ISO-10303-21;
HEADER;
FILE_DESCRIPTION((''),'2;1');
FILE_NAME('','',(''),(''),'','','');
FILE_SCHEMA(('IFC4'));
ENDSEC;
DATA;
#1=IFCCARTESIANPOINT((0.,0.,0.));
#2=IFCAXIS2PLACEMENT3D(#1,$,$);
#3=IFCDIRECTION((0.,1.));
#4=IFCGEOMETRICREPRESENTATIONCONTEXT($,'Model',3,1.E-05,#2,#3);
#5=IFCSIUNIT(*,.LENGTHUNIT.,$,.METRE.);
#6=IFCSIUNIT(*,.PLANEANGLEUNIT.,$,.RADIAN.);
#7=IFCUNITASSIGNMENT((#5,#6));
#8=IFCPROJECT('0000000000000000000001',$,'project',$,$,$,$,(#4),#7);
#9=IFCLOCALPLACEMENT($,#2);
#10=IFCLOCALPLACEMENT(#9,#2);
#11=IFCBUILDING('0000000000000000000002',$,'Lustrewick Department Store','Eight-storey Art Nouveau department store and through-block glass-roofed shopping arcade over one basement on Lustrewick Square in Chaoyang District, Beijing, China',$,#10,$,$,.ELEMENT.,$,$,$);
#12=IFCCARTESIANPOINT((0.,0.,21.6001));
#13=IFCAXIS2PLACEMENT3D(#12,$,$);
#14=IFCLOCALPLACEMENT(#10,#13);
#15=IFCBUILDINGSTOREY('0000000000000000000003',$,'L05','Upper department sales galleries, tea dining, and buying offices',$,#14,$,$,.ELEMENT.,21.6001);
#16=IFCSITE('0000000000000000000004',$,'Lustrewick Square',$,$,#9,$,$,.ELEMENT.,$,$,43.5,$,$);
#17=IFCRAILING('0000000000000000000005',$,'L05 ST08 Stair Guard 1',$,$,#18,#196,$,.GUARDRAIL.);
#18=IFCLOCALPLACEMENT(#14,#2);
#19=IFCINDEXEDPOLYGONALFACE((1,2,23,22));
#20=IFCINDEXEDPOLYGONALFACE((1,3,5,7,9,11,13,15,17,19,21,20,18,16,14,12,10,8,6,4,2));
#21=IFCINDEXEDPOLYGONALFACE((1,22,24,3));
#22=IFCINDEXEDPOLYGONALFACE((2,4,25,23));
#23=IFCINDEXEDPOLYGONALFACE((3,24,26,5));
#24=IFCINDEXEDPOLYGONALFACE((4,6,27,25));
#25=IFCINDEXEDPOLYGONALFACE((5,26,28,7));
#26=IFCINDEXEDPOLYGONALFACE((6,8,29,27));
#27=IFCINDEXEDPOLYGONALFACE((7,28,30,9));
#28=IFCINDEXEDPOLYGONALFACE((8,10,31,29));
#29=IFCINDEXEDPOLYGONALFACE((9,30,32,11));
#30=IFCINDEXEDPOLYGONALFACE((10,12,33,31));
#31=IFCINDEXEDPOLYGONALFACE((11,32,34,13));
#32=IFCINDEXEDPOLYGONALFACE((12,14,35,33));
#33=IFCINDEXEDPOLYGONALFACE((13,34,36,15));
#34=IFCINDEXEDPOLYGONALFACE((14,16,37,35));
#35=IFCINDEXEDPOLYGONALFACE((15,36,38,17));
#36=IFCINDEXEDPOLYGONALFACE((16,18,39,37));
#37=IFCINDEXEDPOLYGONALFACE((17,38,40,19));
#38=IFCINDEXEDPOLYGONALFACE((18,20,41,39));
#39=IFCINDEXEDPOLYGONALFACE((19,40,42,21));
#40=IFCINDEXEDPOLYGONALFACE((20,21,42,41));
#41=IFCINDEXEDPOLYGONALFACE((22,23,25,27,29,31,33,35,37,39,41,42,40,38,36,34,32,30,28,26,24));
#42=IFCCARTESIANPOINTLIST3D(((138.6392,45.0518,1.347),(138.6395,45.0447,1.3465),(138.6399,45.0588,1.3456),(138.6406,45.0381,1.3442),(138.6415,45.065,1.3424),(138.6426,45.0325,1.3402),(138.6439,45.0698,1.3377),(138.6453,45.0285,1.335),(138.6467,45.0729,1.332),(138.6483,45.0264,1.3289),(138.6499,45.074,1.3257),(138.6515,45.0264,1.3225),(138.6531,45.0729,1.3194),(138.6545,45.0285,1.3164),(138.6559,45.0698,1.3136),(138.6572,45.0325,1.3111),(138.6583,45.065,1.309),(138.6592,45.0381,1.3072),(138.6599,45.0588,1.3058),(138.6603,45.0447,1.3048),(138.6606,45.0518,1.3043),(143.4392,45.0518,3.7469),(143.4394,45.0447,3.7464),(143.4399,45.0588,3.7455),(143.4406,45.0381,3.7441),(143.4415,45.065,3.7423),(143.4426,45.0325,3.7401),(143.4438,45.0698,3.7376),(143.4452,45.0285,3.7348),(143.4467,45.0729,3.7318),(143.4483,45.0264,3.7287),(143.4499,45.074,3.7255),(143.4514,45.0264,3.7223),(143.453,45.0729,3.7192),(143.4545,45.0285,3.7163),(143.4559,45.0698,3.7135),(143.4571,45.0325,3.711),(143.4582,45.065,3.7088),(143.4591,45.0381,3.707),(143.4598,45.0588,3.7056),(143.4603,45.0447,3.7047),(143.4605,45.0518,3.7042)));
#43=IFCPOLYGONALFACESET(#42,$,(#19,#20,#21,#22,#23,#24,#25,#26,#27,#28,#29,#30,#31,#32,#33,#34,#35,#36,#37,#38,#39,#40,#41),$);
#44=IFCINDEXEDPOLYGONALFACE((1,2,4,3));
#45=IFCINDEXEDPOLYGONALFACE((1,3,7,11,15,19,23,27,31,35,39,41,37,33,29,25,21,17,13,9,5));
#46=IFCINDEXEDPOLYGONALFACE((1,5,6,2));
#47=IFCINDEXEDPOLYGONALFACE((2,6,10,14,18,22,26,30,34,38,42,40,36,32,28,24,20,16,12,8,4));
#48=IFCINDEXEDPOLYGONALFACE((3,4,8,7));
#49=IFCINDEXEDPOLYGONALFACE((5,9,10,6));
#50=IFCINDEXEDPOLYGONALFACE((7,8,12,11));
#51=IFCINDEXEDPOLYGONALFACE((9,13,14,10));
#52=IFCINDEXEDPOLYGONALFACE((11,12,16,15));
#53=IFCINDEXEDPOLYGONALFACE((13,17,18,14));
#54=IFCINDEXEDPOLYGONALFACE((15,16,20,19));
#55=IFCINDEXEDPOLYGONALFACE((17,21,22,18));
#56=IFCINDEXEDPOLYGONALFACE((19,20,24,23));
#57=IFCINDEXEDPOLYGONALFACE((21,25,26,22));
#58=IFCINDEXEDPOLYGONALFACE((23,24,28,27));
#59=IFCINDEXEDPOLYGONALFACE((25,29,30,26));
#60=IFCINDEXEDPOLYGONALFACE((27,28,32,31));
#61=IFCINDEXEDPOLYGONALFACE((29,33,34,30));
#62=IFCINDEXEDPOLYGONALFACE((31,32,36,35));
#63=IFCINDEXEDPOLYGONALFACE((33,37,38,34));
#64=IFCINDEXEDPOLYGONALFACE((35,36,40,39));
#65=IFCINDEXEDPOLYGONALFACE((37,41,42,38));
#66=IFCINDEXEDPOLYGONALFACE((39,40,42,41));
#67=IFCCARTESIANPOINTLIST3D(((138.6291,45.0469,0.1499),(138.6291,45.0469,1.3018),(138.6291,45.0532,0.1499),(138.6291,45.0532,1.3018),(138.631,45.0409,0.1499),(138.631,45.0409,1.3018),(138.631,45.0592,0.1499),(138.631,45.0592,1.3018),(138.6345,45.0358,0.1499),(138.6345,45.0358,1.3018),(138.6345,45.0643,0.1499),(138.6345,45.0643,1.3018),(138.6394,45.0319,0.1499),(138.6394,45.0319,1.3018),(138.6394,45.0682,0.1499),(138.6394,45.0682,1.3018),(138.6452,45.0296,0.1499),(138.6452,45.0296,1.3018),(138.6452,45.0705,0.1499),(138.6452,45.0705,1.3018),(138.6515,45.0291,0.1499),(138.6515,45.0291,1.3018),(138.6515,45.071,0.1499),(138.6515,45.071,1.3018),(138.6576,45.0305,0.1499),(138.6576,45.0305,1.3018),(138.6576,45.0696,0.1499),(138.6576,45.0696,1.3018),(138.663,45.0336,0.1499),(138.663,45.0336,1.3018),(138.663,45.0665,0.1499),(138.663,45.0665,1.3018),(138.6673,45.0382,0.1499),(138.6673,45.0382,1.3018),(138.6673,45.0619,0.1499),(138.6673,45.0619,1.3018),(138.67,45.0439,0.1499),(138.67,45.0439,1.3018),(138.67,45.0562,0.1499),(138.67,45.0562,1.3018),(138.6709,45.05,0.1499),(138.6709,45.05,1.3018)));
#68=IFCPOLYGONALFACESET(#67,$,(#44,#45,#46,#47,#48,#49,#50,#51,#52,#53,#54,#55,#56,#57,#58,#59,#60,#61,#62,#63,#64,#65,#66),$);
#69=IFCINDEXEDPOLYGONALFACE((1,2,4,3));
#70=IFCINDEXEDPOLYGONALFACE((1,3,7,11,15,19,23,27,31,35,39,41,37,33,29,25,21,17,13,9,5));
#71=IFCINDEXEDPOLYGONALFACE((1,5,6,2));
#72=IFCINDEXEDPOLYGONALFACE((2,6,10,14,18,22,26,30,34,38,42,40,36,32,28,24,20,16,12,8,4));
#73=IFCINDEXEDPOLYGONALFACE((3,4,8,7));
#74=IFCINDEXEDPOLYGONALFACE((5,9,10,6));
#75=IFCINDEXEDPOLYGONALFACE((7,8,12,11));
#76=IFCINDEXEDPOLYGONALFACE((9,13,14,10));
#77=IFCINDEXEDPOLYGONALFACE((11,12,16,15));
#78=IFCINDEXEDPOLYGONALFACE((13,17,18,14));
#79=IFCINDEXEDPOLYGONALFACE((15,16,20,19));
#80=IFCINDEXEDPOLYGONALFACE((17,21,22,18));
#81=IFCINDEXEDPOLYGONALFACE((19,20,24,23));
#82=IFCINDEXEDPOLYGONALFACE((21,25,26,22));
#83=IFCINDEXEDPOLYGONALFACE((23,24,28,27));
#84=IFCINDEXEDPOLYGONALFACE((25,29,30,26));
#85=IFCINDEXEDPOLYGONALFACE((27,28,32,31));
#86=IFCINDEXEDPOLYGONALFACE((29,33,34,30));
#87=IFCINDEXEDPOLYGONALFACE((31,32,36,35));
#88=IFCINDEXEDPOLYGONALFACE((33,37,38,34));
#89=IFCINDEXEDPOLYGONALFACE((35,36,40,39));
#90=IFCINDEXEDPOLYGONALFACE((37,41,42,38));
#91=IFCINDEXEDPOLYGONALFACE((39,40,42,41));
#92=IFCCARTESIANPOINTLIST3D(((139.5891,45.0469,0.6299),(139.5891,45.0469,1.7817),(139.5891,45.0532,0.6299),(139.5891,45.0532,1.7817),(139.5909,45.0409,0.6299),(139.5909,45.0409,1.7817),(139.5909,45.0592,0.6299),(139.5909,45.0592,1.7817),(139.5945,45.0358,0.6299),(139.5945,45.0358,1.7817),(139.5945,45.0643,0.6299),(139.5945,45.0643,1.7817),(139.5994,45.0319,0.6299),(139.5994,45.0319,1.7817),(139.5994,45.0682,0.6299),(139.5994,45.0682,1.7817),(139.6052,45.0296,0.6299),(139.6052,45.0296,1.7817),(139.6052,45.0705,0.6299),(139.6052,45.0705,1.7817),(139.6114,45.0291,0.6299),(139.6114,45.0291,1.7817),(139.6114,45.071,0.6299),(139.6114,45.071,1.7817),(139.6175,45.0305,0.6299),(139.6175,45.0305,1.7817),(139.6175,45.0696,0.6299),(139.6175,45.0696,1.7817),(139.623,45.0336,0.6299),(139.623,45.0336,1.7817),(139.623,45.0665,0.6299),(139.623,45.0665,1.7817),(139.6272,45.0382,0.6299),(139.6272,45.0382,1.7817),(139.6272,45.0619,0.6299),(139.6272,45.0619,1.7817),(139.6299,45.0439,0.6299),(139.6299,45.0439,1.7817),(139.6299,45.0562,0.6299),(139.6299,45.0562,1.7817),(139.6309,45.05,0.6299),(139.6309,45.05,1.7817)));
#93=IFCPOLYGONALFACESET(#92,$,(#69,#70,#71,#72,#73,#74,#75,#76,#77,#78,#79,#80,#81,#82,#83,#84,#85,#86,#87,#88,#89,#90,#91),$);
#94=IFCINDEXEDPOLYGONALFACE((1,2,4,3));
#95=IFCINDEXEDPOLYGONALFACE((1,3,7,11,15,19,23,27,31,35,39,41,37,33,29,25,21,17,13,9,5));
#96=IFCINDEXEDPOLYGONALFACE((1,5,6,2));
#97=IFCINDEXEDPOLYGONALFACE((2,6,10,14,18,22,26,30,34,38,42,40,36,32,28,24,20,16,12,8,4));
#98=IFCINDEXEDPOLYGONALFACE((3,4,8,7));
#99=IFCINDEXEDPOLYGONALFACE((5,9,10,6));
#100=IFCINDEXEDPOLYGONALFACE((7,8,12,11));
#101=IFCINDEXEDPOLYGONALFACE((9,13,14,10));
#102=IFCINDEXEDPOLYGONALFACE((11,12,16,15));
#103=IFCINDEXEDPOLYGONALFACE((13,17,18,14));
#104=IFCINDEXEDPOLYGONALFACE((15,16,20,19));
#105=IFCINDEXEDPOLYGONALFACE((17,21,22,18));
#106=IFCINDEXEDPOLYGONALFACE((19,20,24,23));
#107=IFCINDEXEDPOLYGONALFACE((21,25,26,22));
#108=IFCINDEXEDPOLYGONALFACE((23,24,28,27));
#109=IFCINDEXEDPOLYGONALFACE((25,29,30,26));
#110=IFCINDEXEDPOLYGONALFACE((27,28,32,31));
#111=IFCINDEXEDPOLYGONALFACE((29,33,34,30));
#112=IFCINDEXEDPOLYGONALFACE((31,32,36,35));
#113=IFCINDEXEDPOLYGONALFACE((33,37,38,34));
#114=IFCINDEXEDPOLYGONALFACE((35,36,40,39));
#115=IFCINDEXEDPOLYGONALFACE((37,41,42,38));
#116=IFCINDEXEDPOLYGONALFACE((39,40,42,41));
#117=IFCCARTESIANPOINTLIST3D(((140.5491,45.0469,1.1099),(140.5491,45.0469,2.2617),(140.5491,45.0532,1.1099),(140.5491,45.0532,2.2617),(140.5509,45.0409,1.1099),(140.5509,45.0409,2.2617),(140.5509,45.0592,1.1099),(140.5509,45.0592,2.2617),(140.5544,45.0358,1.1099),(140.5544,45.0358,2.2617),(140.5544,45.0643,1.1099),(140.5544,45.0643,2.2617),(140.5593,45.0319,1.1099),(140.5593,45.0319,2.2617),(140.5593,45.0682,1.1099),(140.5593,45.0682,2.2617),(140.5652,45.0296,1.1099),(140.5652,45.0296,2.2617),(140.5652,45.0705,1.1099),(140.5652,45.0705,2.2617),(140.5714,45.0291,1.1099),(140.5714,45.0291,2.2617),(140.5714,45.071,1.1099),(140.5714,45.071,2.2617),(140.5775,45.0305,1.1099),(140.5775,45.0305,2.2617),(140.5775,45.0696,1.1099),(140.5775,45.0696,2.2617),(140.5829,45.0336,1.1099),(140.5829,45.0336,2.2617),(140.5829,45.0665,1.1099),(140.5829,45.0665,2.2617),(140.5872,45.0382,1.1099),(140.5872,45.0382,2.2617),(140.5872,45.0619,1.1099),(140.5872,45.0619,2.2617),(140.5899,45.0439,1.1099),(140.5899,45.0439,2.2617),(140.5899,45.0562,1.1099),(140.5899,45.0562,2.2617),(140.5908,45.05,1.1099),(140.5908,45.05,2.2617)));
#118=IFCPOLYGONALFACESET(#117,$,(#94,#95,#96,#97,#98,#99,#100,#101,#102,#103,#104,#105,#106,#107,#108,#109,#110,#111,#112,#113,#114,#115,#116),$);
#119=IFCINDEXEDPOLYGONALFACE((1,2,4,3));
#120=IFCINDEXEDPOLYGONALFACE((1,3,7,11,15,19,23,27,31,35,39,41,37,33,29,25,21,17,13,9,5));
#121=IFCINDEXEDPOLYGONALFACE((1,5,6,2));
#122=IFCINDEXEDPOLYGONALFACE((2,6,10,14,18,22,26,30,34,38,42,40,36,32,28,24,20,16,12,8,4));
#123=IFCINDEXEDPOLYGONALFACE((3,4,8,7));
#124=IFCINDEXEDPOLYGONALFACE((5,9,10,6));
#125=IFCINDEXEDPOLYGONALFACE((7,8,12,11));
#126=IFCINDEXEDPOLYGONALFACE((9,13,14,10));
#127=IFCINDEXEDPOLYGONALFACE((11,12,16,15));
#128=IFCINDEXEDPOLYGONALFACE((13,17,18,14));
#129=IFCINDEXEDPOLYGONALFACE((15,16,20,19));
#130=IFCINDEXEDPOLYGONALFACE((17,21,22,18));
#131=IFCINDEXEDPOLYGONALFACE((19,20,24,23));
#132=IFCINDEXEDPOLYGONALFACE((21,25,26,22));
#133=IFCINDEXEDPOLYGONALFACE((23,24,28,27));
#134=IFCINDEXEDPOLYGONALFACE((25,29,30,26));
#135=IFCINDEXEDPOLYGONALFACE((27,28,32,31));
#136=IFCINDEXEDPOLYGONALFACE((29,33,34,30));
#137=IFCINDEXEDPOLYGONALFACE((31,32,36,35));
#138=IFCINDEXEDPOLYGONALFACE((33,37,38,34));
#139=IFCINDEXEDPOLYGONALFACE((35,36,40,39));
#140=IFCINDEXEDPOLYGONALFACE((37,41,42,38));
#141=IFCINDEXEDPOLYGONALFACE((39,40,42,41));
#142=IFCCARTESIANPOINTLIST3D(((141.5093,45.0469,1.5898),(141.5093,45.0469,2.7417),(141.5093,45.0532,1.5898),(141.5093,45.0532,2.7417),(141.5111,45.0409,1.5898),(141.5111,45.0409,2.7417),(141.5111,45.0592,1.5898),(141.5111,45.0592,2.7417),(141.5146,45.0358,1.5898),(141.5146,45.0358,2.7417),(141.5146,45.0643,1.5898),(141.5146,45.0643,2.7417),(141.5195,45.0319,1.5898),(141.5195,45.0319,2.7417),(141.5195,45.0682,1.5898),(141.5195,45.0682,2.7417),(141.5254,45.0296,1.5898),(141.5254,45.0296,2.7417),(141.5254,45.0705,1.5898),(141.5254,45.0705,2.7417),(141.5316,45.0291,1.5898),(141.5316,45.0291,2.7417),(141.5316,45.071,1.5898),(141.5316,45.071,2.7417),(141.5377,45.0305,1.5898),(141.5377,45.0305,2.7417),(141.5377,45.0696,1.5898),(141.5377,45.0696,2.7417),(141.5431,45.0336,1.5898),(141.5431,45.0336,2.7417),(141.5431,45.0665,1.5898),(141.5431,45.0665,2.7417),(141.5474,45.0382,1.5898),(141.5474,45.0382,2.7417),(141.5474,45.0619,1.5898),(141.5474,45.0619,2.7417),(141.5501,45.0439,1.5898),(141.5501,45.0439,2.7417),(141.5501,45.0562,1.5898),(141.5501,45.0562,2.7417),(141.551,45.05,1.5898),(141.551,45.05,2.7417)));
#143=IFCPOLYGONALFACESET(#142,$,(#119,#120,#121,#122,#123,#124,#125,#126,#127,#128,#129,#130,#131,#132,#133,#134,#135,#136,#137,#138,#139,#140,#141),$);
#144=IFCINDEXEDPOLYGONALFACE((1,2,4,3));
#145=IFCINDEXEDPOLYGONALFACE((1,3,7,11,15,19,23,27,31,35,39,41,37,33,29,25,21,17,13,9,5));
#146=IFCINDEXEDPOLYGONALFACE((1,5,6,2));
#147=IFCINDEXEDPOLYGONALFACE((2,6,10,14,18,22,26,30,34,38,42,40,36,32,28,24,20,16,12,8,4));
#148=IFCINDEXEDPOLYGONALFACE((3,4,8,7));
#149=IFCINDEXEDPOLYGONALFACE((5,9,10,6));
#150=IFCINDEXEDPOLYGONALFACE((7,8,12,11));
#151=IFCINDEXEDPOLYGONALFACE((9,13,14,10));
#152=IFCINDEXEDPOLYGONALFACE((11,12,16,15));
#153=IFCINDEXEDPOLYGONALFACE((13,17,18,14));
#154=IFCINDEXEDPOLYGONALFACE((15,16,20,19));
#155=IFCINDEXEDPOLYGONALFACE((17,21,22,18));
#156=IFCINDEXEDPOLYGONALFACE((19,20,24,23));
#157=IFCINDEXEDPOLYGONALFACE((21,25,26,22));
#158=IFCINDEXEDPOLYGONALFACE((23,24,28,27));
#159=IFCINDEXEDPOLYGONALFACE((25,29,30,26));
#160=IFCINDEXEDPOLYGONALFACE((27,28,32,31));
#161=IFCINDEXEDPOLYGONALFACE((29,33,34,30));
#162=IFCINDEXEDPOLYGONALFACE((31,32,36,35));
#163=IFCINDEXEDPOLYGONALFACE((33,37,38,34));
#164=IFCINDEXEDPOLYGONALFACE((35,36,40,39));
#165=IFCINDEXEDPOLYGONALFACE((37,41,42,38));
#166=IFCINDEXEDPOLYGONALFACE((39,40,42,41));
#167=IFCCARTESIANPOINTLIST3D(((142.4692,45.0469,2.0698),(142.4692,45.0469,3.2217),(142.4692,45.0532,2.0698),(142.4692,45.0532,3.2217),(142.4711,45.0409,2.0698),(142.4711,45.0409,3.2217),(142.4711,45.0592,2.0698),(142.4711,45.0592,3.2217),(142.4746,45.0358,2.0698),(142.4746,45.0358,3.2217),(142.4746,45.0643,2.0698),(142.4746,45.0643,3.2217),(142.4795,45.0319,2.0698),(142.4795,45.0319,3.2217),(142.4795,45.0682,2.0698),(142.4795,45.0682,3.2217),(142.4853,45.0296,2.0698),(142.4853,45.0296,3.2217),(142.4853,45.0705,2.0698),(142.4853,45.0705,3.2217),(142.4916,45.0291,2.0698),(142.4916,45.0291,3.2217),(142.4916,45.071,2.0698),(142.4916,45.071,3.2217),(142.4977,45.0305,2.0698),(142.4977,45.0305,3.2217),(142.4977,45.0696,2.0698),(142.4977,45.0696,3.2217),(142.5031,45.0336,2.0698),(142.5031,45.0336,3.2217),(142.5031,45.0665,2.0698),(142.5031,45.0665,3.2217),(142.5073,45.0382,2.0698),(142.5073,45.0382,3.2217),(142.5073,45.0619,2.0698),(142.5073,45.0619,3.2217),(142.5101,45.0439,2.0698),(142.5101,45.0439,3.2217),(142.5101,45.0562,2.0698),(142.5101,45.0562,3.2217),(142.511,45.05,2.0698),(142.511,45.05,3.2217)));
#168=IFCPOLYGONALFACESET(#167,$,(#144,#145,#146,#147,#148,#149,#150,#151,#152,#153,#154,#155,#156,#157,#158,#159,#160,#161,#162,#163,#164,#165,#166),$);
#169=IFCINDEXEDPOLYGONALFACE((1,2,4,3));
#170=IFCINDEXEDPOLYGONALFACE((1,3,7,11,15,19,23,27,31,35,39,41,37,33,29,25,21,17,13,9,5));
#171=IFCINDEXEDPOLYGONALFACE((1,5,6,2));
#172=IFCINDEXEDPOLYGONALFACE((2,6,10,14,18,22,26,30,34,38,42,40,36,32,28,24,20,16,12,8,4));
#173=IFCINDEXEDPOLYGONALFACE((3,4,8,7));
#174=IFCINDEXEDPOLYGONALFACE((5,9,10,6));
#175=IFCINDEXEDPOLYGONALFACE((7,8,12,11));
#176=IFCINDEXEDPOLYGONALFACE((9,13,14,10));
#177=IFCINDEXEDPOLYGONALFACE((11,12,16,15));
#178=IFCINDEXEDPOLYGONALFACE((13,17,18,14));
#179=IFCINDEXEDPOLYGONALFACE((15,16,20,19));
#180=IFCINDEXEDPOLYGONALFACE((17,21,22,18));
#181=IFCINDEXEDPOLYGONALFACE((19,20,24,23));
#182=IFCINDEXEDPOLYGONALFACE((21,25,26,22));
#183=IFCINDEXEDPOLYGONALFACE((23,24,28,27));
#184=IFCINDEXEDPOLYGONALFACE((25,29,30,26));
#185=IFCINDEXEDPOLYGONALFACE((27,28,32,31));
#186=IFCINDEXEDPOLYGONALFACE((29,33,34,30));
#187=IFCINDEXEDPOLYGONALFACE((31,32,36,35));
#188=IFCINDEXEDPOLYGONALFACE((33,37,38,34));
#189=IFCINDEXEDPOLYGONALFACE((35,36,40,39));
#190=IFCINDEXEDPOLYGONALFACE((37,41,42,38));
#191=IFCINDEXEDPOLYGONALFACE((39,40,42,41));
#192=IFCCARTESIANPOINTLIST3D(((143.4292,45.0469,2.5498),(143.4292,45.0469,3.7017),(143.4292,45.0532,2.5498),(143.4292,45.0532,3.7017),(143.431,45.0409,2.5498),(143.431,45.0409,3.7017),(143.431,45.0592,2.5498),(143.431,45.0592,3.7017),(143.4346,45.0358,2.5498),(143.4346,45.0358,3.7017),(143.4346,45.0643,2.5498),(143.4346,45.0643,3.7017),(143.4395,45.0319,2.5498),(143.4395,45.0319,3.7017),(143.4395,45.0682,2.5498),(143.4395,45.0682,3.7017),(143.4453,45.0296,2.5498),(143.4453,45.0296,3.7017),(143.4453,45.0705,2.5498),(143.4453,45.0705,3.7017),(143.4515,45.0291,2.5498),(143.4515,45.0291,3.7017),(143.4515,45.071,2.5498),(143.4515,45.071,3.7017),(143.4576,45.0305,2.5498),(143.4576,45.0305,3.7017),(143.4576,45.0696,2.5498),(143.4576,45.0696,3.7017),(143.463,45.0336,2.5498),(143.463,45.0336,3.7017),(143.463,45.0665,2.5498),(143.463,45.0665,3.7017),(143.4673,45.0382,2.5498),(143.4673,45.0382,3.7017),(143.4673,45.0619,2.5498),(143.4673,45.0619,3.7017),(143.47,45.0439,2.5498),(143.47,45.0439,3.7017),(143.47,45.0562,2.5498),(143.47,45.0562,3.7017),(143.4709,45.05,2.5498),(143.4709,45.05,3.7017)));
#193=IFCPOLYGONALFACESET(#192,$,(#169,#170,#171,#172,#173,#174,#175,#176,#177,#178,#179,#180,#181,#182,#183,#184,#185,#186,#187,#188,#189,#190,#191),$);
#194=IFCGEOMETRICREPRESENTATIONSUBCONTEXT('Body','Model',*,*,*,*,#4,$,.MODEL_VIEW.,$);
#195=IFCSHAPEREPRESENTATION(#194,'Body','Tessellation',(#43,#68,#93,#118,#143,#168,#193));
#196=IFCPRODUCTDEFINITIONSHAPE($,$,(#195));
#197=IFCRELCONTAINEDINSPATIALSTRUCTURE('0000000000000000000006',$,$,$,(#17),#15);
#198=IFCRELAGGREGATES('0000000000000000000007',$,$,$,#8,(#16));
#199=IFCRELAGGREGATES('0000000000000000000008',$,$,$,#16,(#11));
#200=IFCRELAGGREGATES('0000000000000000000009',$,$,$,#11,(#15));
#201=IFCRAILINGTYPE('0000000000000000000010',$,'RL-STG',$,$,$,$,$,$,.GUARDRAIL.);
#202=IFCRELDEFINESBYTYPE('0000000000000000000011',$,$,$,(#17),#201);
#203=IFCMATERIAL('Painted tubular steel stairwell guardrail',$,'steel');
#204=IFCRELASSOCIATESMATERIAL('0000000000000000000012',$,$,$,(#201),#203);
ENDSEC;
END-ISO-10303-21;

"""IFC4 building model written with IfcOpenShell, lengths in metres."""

from ifc_helpers import new_model, si_unit, direction, frame, origin, origin_2d, place, context, subcontext, project, spatial, circle, extrude, material, type_object, element, save


model = new_model("IFC4")

# Units and contexts
model_context = context("Model", 3, precision=1e-05, world=origin(), true_north=direction((0.0, 1.0)))
body_context = subcontext(model_context, "Body", "Model", "MODEL_VIEW")
ifc_project = project(units=[si_unit("LENGTHUNIT", "METRE"), si_unit("PLANEANGLEUNIT", "RADIAN")], contexts=[model_context])

# Site, building, storey
site_placement = place(None, origin())
site = spatial("IfcSite", under=ifc_project, at=site_placement, Name="Lustrewick Square", CompositionType="ELEMENT", RefElevation=43.5)
building_placement = place(site_placement, origin())
building = spatial("IfcBuilding", under=site, at=building_placement, Name="Lustrewick Department Store", Description="Eight-storey Art Nouveau department store and through-block glass-roofed shopping arcade over one basement on Lustrewick Square in Chaoyang District, Beijing, China", CompositionType="ELEMENT")
storey_placement = place(building_placement, frame((0.0, 0.0, 21.6001)))
storey = spatial("IfcBuildingStorey", under=building, at=storey_placement, Name="L05", Description="Upper department sales galleries, tea dining, and buying offices", CompositionType="ELEMENT", Elevation=21.6001)

# Railing
ifc_material_1 = material(Name="Painted tubular steel stairwell guardrail", Category="steel")
railing_type_1 = type_object("IfcRailingType", Name="RL-STG", PredefinedType="GUARDRAIL", material=ifc_material_1)
railing_1_placement = place(storey_placement, frame((138.6499, 45.05, 0.1499)))
element("IfcRailing", 1, at=railing_1_placement, inside=storey, type_object=railing_type_1, Name="L05 ST08 Stair Guard 1", PredefinedType="GUARDRAIL", context=body_context, shape_type="SweptSolid", body=[
    extrude(circle(Radius=0.0239, at=origin_2d()), frame((0.0, 0.0, 1.1758), z_axis=(0.894436, 0.0, 0.447195), x_axis=(0.0, 1.0, 0.0)), (0.0, 0.0, 1.0), 5.3665),
    extrude(circle(Radius=0.021, at=origin_2d()), origin(), (0.0, 0.0, 1.0), 1.1519),
    extrude(circle(Radius=0.021, at=origin_2d()), frame((0.96, 0.0, 0.48)), (0.0, 0.0, 1.0), 1.1519),
    extrude(circle(Radius=0.021, at=origin_2d()), frame((1.9199, 0.0, 0.96)), (0.0, 0.0, 1.0), 1.1519),
    extrude(circle(Radius=0.021, at=origin_2d()), frame((2.8801, 0.0, 1.4399)), (0.0, 0.0, 1.0), 1.1519),
    extrude(circle(Radius=0.021, at=origin_2d()), frame((3.8401, 0.0, 1.9199)), (0.0, 0.0, 1.0), 1.1519),
    extrude(circle(Radius=0.021, at=origin_2d()), frame((4.8, 0.0, 2.3999)), (0.0, 0.0, 1.0), 1.1519),
])

save(model, "model.ifc")
